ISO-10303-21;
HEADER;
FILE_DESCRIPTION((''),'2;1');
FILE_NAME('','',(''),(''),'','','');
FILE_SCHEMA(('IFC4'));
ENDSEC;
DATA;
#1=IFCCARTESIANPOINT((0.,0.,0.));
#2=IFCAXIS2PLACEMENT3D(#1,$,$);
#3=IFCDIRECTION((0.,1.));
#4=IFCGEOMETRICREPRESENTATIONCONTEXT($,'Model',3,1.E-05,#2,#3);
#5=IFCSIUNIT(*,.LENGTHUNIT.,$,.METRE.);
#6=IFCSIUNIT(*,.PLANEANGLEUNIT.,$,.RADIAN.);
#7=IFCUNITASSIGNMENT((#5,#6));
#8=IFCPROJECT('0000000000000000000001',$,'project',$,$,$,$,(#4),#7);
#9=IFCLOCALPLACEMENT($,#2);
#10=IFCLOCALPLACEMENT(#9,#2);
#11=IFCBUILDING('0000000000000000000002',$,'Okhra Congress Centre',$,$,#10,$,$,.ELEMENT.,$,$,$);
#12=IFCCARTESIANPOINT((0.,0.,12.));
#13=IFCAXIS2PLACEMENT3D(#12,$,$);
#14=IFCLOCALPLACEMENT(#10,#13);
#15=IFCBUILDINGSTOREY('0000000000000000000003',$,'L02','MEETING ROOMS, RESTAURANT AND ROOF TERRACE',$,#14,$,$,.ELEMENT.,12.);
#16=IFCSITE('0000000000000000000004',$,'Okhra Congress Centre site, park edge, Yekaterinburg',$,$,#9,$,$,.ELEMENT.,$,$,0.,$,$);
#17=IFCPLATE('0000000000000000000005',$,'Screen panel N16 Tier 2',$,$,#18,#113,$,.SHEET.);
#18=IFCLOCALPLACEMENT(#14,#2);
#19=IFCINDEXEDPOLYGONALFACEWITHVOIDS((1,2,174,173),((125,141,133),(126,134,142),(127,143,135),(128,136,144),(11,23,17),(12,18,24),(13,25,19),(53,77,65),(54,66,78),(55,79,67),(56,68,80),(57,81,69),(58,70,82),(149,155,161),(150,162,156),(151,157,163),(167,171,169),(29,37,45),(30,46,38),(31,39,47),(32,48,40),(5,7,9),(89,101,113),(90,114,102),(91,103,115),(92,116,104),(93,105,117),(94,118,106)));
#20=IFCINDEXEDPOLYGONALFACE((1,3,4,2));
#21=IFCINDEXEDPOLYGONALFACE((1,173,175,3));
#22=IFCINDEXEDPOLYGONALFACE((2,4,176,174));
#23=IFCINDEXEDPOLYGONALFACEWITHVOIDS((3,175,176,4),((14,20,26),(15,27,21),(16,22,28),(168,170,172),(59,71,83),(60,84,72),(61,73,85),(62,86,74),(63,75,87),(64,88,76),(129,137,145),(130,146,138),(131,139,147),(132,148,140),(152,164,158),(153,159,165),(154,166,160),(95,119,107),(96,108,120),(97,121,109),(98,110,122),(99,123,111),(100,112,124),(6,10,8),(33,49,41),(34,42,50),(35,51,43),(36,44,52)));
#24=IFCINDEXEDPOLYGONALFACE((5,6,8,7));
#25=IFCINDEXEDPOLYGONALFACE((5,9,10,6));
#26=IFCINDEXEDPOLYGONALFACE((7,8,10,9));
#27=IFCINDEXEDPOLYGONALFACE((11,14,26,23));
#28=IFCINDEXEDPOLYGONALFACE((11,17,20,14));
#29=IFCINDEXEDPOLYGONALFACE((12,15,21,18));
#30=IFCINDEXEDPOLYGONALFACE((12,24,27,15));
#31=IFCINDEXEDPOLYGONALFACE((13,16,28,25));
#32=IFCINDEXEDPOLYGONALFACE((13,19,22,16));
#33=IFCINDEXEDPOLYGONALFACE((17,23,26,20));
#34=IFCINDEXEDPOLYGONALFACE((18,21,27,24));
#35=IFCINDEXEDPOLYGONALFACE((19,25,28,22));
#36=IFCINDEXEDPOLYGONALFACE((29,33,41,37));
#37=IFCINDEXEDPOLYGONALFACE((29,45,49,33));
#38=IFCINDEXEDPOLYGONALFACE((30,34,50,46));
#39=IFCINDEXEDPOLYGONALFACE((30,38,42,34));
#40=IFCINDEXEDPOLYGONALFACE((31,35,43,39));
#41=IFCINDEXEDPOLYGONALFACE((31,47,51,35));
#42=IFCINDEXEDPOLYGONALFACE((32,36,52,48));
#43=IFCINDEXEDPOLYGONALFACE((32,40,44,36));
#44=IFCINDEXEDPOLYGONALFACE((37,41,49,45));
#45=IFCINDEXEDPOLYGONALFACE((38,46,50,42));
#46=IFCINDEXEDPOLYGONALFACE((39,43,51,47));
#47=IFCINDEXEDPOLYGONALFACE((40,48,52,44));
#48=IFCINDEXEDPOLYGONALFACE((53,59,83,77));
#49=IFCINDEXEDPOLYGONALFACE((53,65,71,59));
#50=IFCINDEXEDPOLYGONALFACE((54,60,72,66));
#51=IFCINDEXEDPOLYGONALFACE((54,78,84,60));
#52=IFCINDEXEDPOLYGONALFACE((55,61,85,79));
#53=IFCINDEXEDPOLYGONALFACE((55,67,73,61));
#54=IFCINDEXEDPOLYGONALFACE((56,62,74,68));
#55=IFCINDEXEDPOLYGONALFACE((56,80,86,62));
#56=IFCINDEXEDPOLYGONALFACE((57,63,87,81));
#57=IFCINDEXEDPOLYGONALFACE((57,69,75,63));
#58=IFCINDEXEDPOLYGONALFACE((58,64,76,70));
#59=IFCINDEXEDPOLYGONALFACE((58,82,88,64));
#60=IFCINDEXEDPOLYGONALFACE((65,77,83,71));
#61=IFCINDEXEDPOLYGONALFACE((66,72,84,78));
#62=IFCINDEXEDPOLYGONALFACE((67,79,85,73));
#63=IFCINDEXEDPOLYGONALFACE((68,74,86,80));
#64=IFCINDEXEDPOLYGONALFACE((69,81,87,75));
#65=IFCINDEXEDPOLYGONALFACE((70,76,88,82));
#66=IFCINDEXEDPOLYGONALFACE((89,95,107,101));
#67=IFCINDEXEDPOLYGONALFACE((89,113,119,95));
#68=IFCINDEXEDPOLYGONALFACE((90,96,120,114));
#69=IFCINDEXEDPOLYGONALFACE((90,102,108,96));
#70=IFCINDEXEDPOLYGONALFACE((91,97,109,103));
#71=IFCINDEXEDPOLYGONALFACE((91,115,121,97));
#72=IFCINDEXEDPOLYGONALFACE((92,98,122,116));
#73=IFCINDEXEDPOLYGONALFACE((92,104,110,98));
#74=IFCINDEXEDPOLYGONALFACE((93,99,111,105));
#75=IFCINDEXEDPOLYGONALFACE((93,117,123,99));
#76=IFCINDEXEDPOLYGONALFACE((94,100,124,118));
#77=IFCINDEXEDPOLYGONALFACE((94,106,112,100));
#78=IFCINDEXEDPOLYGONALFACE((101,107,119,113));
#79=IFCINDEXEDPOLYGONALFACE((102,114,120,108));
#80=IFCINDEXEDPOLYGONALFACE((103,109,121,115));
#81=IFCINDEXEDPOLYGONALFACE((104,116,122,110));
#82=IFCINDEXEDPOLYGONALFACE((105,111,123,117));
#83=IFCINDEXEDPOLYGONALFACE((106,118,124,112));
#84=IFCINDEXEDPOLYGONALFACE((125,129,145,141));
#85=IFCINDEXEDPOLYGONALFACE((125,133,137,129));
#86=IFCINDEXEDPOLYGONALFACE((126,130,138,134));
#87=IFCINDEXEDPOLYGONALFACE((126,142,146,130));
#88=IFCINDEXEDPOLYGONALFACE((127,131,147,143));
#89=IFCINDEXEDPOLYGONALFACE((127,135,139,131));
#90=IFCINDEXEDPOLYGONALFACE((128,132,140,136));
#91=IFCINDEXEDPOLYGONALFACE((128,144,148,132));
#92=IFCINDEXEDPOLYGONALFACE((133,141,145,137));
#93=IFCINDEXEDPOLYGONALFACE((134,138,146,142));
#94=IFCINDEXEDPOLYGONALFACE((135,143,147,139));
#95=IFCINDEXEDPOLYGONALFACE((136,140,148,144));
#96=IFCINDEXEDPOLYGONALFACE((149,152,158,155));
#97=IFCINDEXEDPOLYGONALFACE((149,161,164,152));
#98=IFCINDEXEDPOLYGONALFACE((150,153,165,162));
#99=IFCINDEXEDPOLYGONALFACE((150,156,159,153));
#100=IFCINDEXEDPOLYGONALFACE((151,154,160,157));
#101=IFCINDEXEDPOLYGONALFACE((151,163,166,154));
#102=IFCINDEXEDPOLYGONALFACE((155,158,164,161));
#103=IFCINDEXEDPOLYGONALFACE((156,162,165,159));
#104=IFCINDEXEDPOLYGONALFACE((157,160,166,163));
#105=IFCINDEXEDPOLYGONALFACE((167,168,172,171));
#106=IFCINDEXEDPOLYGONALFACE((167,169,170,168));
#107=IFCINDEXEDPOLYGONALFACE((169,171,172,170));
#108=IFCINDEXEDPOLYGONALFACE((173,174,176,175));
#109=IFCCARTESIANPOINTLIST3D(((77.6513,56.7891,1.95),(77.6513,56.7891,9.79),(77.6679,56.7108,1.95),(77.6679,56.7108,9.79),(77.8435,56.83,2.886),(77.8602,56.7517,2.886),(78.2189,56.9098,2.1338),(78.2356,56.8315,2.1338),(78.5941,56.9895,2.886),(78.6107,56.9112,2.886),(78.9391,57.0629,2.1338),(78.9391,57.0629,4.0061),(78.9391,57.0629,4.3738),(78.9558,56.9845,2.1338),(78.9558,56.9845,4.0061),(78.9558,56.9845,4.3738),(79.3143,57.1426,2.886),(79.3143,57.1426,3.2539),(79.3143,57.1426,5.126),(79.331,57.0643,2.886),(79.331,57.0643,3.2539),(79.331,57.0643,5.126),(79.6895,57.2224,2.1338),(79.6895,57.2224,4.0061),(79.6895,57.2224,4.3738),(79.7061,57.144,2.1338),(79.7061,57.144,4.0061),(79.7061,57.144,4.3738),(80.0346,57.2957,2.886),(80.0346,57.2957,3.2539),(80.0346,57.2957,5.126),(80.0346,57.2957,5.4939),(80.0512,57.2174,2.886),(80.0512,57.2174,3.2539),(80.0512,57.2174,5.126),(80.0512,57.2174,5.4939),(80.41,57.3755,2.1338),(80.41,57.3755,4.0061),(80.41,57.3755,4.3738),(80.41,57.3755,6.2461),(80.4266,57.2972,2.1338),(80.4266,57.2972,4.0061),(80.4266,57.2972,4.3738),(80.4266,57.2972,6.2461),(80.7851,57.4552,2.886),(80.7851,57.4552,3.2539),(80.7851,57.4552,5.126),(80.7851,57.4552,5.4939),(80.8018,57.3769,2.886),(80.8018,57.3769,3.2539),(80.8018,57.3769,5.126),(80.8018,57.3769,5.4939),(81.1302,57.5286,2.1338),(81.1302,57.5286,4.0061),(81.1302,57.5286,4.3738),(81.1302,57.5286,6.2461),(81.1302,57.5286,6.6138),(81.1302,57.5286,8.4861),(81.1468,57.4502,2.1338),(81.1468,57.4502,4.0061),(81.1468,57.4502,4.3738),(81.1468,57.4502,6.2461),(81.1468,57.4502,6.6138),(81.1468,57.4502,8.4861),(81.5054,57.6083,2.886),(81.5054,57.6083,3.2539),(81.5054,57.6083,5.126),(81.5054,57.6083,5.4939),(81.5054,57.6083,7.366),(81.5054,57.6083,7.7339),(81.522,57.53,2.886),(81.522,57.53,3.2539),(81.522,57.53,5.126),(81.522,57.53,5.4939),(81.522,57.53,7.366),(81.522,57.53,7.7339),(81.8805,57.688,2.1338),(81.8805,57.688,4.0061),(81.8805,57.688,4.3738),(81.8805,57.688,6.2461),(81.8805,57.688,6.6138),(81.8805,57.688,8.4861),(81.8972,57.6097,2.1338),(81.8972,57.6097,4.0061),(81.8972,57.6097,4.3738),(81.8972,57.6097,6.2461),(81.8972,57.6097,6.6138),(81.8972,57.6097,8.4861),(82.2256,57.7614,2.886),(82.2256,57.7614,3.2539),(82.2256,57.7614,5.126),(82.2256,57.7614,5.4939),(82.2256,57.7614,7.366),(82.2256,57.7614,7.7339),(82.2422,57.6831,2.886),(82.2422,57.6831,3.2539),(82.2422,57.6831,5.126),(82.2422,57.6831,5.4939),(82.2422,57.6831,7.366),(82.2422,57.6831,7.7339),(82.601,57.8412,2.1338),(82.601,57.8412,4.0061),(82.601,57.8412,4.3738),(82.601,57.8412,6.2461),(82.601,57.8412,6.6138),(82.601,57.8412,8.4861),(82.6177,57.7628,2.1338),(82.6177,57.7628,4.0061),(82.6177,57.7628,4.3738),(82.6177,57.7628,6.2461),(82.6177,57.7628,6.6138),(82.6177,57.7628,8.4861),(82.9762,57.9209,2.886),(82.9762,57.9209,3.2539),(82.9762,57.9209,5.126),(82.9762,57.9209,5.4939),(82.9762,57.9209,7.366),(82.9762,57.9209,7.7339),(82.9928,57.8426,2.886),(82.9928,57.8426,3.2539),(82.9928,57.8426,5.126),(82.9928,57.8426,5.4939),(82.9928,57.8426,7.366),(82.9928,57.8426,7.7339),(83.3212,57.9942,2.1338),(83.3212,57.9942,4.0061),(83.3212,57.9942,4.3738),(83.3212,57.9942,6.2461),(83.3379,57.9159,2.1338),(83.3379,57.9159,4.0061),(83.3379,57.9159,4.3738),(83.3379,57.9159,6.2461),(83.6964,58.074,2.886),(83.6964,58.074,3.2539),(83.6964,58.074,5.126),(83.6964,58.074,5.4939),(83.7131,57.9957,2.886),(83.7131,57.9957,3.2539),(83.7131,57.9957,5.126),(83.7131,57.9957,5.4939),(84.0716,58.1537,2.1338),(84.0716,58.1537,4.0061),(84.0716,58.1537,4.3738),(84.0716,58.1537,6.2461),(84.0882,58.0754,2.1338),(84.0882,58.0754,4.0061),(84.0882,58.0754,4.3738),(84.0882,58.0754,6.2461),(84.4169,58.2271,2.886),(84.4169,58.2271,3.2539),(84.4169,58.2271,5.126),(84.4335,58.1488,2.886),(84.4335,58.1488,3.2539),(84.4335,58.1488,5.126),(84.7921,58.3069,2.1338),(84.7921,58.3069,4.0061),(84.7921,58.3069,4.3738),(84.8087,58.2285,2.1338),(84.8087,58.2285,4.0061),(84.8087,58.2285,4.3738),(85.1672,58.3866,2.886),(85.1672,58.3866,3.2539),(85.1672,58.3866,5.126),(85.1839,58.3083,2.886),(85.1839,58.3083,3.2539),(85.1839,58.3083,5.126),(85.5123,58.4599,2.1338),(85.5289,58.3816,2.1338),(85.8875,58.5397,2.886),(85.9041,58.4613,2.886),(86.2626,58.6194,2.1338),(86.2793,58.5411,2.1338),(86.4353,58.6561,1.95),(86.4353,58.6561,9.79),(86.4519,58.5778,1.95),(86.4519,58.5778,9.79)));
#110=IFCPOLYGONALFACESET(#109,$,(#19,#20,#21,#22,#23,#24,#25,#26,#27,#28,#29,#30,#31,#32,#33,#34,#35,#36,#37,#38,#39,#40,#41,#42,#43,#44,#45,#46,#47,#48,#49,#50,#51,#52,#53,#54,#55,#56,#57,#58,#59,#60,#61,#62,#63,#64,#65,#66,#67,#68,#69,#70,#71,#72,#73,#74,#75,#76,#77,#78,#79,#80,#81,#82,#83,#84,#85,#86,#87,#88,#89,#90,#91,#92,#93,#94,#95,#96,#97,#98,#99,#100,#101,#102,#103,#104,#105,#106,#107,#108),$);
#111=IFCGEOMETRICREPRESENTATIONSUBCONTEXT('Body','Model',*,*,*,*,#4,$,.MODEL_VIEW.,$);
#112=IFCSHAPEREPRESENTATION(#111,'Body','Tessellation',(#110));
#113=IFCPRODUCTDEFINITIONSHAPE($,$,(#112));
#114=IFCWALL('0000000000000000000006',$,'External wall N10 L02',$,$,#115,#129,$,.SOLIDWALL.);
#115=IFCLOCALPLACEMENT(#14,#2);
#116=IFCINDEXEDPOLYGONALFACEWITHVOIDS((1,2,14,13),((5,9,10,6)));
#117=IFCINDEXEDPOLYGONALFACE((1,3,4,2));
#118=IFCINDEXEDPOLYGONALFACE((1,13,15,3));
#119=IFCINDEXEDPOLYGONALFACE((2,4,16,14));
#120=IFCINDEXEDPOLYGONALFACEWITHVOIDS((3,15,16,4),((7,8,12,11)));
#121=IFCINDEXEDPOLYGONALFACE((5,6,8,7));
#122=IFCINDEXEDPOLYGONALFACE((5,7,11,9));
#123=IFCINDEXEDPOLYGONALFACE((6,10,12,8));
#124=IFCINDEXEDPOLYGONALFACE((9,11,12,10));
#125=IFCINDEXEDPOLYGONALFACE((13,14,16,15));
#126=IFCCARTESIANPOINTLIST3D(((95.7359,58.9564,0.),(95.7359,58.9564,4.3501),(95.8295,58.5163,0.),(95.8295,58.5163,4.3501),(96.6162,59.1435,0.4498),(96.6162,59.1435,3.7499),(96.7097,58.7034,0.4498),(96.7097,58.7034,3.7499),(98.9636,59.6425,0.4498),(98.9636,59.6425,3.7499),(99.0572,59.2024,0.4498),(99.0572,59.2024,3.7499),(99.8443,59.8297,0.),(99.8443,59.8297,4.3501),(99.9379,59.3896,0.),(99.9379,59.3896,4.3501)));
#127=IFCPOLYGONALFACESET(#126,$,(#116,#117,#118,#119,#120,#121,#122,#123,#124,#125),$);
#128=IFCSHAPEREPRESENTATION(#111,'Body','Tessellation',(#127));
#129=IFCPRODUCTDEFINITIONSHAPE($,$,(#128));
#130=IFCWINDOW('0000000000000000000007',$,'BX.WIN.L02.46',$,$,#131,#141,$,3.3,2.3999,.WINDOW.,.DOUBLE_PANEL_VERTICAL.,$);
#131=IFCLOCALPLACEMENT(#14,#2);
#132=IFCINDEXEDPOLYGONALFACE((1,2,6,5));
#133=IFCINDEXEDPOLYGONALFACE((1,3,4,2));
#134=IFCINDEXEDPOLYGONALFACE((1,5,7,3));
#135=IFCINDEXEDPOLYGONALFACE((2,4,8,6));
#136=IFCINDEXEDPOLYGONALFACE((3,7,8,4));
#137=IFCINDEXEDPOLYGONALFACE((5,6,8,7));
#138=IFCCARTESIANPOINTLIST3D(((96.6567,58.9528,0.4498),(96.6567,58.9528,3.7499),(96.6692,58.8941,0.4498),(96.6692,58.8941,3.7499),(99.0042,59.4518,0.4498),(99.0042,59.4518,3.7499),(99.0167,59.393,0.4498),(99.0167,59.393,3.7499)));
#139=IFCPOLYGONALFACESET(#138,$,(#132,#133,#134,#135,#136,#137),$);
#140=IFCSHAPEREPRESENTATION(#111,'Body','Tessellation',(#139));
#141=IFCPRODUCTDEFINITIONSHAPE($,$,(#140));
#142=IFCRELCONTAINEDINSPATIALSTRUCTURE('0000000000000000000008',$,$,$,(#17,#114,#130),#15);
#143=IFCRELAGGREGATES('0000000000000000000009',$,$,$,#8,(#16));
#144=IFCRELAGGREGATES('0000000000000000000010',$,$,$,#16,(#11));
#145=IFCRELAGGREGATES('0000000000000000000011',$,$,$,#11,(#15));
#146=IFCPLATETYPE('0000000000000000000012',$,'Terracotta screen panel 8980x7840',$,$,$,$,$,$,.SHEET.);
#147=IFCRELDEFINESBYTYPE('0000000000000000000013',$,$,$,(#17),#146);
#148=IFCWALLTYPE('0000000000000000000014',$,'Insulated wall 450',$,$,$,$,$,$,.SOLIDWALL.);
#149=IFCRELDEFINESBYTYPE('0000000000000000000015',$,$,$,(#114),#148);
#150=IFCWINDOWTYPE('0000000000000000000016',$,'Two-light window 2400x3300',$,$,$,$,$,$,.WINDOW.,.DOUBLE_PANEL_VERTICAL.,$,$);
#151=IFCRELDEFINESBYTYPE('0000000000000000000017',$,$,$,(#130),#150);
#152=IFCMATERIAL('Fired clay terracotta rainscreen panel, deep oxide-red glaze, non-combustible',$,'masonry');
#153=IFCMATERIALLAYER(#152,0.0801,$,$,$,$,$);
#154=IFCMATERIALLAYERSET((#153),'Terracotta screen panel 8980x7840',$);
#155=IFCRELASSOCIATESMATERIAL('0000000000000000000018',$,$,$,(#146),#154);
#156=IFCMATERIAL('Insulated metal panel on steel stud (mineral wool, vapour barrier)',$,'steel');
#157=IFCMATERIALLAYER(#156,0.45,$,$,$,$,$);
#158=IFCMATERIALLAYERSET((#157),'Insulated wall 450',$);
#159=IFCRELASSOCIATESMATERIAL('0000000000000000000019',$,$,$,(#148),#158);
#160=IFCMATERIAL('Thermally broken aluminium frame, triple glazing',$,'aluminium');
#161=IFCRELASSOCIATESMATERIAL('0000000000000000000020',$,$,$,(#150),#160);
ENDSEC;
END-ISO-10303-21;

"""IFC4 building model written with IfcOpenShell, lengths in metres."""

from ifc_helpers import new_model, si_unit, direction, frame, frame_2d, origin, place, context, subcontext, project, spatial, polyline, rectangle, outline, extrude, material, layer, layer_set, type_object, element, fill, save


model = new_model("IFC4")

# Units and contexts
model_context = context("Model", 3, precision=1e-05, world=origin(), true_north=direction((0.0, 1.0)))
body_context = subcontext(model_context, "Body", "Model", "MODEL_VIEW")
ifc_project = project(units=[si_unit("LENGTHUNIT", "METRE"), si_unit("PLANEANGLEUNIT", "RADIAN")], contexts=[model_context])

# Site, building, storey
site_placement = place(None, origin())
site = spatial("IfcSite", under=ifc_project, at=site_placement, Name="Okhra Congress Centre site, park edge, Yekaterinburg", CompositionType="ELEMENT", RefElevation=0.0)
building_placement = place(site_placement, origin())
building = spatial("IfcBuilding", under=site, at=building_placement, Name="Okhra Congress Centre", CompositionType="ELEMENT")
storey_placement = place(building_placement, frame((0.0, 0.0, 12.0)))
storey = spatial("IfcBuildingStorey", under=building, at=storey_placement, Name="L02", Description="MEETING ROOMS, RESTAURANT AND ROOF TERRACE", CompositionType="ELEMENT", Elevation=12.0)

# Plate
ifc_material_1 = material(Name="Fired clay terracotta rainscreen panel, deep oxide-red glaze, non-combustible", Category="masonry")
ifc_layer_1 = layer(ifc_material_1, 0.0801)
ifc_layer_set_1 = layer_set([ifc_layer_1], Name="Terracotta screen panel 8980x7840")
plate_type_1 = type_object("IfcPlateType", Name="Terracotta screen panel 8980x7840", PredefinedType="SHEET", material=ifc_layer_set_1)
plate_1_placement = place(storey_placement, frame((86.4436, 58.6169, 1.95), z_axis=(0.0, 0.0, 1.0), x_axis=(-0.978151, -0.207897, 0.0)))
element("IfcPlate", 1, at=plate_1_placement, inside=storey, type_object=plate_type_1, Name="Screen panel N16 Tier 2", PredefinedType="SHEET", context=body_context, shape_type="SweptSolid", body=[
    extrude(outline(polyline([(0.0, 0.0), (8.9802, 0.0), (8.9802, 7.8401), (0.0, 7.8401), (0.0, 0.0)]), holes=[polyline([(0.1765, 0.1838), (0.9436, 0.1838), (0.5601, 0.936), (0.1765, 0.1838)]), polyline([(1.2964, 0.936), (1.6799, 0.1838), (2.0635, 0.936), (1.2964, 0.936)]), polyline([(2.4165, 0.1838), (3.1836, 0.1838), (2.8, 0.936), (2.4165, 0.1838)]), polyline([(3.5364, 0.936), (3.9199, 0.1838), (4.3037, 0.936), (3.5364, 0.936)]), polyline([(4.6565, 0.1838), (5.4236, 0.1838), (5.04, 0.936), (4.6565, 0.1838)]), polyline([(5.7764, 0.936), (6.1599, 0.1838), (6.5437, 0.936), (5.7764, 0.936)]), polyline([(6.8965, 0.1838), (7.6636, 0.1838), (7.28, 0.936), (6.8965, 0.1838)]), polyline([(8.0164, 0.936), (8.3999, 0.1838), (8.7837, 0.936), (8.0164, 0.936)]), polyline([(1.2964, 1.304), (2.0635, 1.304), (1.6799, 2.0562), (1.2964, 1.304)]), polyline([(2.4165, 2.0562), (2.8, 1.304), (3.1836, 2.0562), (2.4165, 2.0562)]), polyline([(3.5364, 1.304), (4.3037, 1.304), (3.9199, 2.0562), (3.5364, 1.304)]), polyline([(4.6565, 2.0562), (5.04, 1.304), (5.4236, 2.0562), (4.6565, 2.0562)]), polyline([(5.7764, 1.304), (6.5437, 1.304), (6.1599, 2.0562), (5.7764, 1.304)]), polyline([(6.8965, 2.0562), (7.28, 1.304), (7.6636, 2.0562), (6.8965, 2.0562)]), polyline([(1.2964, 3.176), (1.6799, 2.4238), (2.0635, 3.176), (1.2964, 3.176)]), polyline([(2.4165, 2.4238), (3.1836, 2.4238), (2.8, 3.176), (2.4165, 2.4238)]), polyline([(3.5364, 3.176), (3.9199, 2.4238), (4.3037, 3.176), (3.5364, 3.176)]), polyline([(4.6565, 2.4238), (5.4236, 2.4238), (5.04, 3.176), (4.6565, 2.4238)]), polyline([(5.7764, 3.176), (6.1599, 2.4238), (6.5437, 3.176), (5.7764, 3.176)]), polyline([(6.8965, 2.4238), (7.6636, 2.4238), (7.28, 3.176), (6.8965, 2.4238)]), polyline([(2.4165, 4.2961), (2.8, 3.5439), (3.1836, 4.2961), (2.4165, 4.2961)]), polyline([(3.5364, 3.5439), (4.3037, 3.5439), (3.9199, 4.2961), (3.5364, 3.5439)]), polyline([(4.6565, 4.2961), (5.04, 3.5439), (5.4236, 4.2961), (4.6565, 4.2961)]), polyline([(5.7764, 3.5439), (6.5437, 3.5439), (6.1599, 4.2961), (5.7764, 3.5439)]), polyline([(3.5364, 5.416), (3.9199, 4.6638), (4.3037, 5.416), (3.5364, 5.416)]), polyline([(4.6565, 4.6638), (5.4236, 4.6638), (5.04, 5.416), (4.6565, 4.6638)]), polyline([(3.5364, 5.7839), (4.3037, 5.7839), (3.9199, 6.5361), (3.5364, 5.7839)]), polyline([(4.6565, 6.5361), (5.04, 5.7839), (5.4236, 6.5361), (4.6565, 6.5361)])]), frame((0.0, 0.04, 0.0), z_axis=(0.0, -1.0, 0.0), x_axis=(1.0, 0.0, 0.0)), (0.0, 0.0, 1.0), 0.0801),
])

# Wall, opening, window
ifc_material_2 = material(Name="Insulated metal panel on steel stud (mineral wool, vapour barrier)", Category="steel")
ifc_layer_2 = layer(ifc_material_2, 0.45)
ifc_layer_set_2 = layer_set([ifc_layer_2], Name="Insulated wall 450")
wall_type_1 = type_object("IfcWallType", Name="Insulated wall 450", PredefinedType="SOLIDWALL", material=ifc_layer_set_2)
wall_1_placement = place(storey_placement, frame((95.7827, 58.7363, 0.0), z_axis=(0.0, 0.0, 1.0), x_axis=(0.978146, 0.207917, 0.0)))
wall_1 = element("IfcWall", 2, at=wall_1_placement, inside=storey, type_object=wall_type_1, Name="External wall N10 L02", PredefinedType="SOLIDWALL", context=body_context, shape_type="SweptSolid", body=[
    extrude(rectangle(XDim=4.2002, YDim=0.45, at=frame_2d((2.1001, 0.0))), origin(), (0.0, 0.0, 1.0), 4.3501),
])
opening_1_placement = place(wall_1_placement, frame((0.8999, 0.0, 0.45)))
opening_1 = element("IfcOpeningElement", 3, at=opening_1_placement, cuts=wall_1, PredefinedType="OPENING", context=body_context, shape_type="SweptSolid", body=[
    extrude(rectangle(XDim=2.3999, YDim=3.3, at=frame_2d((1.2, 1.6499))), frame((0.0, 0.2349, 0.0), z_axis=(0.0, -1.0, 0.0), x_axis=(1.0, 0.0, 0.0)), (0.0, 0.0, 1.0), 0.47),
])
ifc_material_3 = material(Name="Thermally broken aluminium frame, triple glazing", Category="aluminium")
window_type = type_object("IfcWindowType", Name="Two-light window 2400x3300", PartitioningType="DOUBLE_PANEL_VERTICAL", PredefinedType="WINDOW", material=ifc_material_3)
window_1_placement = place(opening_1_placement, origin())
window_1 = element("IfcWindow", 4, at=window_1_placement, inside=storey, type_object=window_type, Name="BX.WIN.L02.46", OverallHeight=3.3, OverallWidth=2.3999, PartitioningType="DOUBLE_PANEL_VERTICAL", PredefinedType="WINDOW", context=body_context, shape_type="SweptSolid", body=[
    extrude(rectangle(XDim=2.3999, YDim=3.3, at=frame_2d((1.2, 1.6499))), frame((0.0, 0.03, 0.0), z_axis=(0.0, -1.0, 0.0), x_axis=(1.0, 0.0, 0.0)), (0.0, 0.0, 1.0), 0.0601),
])
fill(opening_1, window_1)

save(model, "model.ifc")
